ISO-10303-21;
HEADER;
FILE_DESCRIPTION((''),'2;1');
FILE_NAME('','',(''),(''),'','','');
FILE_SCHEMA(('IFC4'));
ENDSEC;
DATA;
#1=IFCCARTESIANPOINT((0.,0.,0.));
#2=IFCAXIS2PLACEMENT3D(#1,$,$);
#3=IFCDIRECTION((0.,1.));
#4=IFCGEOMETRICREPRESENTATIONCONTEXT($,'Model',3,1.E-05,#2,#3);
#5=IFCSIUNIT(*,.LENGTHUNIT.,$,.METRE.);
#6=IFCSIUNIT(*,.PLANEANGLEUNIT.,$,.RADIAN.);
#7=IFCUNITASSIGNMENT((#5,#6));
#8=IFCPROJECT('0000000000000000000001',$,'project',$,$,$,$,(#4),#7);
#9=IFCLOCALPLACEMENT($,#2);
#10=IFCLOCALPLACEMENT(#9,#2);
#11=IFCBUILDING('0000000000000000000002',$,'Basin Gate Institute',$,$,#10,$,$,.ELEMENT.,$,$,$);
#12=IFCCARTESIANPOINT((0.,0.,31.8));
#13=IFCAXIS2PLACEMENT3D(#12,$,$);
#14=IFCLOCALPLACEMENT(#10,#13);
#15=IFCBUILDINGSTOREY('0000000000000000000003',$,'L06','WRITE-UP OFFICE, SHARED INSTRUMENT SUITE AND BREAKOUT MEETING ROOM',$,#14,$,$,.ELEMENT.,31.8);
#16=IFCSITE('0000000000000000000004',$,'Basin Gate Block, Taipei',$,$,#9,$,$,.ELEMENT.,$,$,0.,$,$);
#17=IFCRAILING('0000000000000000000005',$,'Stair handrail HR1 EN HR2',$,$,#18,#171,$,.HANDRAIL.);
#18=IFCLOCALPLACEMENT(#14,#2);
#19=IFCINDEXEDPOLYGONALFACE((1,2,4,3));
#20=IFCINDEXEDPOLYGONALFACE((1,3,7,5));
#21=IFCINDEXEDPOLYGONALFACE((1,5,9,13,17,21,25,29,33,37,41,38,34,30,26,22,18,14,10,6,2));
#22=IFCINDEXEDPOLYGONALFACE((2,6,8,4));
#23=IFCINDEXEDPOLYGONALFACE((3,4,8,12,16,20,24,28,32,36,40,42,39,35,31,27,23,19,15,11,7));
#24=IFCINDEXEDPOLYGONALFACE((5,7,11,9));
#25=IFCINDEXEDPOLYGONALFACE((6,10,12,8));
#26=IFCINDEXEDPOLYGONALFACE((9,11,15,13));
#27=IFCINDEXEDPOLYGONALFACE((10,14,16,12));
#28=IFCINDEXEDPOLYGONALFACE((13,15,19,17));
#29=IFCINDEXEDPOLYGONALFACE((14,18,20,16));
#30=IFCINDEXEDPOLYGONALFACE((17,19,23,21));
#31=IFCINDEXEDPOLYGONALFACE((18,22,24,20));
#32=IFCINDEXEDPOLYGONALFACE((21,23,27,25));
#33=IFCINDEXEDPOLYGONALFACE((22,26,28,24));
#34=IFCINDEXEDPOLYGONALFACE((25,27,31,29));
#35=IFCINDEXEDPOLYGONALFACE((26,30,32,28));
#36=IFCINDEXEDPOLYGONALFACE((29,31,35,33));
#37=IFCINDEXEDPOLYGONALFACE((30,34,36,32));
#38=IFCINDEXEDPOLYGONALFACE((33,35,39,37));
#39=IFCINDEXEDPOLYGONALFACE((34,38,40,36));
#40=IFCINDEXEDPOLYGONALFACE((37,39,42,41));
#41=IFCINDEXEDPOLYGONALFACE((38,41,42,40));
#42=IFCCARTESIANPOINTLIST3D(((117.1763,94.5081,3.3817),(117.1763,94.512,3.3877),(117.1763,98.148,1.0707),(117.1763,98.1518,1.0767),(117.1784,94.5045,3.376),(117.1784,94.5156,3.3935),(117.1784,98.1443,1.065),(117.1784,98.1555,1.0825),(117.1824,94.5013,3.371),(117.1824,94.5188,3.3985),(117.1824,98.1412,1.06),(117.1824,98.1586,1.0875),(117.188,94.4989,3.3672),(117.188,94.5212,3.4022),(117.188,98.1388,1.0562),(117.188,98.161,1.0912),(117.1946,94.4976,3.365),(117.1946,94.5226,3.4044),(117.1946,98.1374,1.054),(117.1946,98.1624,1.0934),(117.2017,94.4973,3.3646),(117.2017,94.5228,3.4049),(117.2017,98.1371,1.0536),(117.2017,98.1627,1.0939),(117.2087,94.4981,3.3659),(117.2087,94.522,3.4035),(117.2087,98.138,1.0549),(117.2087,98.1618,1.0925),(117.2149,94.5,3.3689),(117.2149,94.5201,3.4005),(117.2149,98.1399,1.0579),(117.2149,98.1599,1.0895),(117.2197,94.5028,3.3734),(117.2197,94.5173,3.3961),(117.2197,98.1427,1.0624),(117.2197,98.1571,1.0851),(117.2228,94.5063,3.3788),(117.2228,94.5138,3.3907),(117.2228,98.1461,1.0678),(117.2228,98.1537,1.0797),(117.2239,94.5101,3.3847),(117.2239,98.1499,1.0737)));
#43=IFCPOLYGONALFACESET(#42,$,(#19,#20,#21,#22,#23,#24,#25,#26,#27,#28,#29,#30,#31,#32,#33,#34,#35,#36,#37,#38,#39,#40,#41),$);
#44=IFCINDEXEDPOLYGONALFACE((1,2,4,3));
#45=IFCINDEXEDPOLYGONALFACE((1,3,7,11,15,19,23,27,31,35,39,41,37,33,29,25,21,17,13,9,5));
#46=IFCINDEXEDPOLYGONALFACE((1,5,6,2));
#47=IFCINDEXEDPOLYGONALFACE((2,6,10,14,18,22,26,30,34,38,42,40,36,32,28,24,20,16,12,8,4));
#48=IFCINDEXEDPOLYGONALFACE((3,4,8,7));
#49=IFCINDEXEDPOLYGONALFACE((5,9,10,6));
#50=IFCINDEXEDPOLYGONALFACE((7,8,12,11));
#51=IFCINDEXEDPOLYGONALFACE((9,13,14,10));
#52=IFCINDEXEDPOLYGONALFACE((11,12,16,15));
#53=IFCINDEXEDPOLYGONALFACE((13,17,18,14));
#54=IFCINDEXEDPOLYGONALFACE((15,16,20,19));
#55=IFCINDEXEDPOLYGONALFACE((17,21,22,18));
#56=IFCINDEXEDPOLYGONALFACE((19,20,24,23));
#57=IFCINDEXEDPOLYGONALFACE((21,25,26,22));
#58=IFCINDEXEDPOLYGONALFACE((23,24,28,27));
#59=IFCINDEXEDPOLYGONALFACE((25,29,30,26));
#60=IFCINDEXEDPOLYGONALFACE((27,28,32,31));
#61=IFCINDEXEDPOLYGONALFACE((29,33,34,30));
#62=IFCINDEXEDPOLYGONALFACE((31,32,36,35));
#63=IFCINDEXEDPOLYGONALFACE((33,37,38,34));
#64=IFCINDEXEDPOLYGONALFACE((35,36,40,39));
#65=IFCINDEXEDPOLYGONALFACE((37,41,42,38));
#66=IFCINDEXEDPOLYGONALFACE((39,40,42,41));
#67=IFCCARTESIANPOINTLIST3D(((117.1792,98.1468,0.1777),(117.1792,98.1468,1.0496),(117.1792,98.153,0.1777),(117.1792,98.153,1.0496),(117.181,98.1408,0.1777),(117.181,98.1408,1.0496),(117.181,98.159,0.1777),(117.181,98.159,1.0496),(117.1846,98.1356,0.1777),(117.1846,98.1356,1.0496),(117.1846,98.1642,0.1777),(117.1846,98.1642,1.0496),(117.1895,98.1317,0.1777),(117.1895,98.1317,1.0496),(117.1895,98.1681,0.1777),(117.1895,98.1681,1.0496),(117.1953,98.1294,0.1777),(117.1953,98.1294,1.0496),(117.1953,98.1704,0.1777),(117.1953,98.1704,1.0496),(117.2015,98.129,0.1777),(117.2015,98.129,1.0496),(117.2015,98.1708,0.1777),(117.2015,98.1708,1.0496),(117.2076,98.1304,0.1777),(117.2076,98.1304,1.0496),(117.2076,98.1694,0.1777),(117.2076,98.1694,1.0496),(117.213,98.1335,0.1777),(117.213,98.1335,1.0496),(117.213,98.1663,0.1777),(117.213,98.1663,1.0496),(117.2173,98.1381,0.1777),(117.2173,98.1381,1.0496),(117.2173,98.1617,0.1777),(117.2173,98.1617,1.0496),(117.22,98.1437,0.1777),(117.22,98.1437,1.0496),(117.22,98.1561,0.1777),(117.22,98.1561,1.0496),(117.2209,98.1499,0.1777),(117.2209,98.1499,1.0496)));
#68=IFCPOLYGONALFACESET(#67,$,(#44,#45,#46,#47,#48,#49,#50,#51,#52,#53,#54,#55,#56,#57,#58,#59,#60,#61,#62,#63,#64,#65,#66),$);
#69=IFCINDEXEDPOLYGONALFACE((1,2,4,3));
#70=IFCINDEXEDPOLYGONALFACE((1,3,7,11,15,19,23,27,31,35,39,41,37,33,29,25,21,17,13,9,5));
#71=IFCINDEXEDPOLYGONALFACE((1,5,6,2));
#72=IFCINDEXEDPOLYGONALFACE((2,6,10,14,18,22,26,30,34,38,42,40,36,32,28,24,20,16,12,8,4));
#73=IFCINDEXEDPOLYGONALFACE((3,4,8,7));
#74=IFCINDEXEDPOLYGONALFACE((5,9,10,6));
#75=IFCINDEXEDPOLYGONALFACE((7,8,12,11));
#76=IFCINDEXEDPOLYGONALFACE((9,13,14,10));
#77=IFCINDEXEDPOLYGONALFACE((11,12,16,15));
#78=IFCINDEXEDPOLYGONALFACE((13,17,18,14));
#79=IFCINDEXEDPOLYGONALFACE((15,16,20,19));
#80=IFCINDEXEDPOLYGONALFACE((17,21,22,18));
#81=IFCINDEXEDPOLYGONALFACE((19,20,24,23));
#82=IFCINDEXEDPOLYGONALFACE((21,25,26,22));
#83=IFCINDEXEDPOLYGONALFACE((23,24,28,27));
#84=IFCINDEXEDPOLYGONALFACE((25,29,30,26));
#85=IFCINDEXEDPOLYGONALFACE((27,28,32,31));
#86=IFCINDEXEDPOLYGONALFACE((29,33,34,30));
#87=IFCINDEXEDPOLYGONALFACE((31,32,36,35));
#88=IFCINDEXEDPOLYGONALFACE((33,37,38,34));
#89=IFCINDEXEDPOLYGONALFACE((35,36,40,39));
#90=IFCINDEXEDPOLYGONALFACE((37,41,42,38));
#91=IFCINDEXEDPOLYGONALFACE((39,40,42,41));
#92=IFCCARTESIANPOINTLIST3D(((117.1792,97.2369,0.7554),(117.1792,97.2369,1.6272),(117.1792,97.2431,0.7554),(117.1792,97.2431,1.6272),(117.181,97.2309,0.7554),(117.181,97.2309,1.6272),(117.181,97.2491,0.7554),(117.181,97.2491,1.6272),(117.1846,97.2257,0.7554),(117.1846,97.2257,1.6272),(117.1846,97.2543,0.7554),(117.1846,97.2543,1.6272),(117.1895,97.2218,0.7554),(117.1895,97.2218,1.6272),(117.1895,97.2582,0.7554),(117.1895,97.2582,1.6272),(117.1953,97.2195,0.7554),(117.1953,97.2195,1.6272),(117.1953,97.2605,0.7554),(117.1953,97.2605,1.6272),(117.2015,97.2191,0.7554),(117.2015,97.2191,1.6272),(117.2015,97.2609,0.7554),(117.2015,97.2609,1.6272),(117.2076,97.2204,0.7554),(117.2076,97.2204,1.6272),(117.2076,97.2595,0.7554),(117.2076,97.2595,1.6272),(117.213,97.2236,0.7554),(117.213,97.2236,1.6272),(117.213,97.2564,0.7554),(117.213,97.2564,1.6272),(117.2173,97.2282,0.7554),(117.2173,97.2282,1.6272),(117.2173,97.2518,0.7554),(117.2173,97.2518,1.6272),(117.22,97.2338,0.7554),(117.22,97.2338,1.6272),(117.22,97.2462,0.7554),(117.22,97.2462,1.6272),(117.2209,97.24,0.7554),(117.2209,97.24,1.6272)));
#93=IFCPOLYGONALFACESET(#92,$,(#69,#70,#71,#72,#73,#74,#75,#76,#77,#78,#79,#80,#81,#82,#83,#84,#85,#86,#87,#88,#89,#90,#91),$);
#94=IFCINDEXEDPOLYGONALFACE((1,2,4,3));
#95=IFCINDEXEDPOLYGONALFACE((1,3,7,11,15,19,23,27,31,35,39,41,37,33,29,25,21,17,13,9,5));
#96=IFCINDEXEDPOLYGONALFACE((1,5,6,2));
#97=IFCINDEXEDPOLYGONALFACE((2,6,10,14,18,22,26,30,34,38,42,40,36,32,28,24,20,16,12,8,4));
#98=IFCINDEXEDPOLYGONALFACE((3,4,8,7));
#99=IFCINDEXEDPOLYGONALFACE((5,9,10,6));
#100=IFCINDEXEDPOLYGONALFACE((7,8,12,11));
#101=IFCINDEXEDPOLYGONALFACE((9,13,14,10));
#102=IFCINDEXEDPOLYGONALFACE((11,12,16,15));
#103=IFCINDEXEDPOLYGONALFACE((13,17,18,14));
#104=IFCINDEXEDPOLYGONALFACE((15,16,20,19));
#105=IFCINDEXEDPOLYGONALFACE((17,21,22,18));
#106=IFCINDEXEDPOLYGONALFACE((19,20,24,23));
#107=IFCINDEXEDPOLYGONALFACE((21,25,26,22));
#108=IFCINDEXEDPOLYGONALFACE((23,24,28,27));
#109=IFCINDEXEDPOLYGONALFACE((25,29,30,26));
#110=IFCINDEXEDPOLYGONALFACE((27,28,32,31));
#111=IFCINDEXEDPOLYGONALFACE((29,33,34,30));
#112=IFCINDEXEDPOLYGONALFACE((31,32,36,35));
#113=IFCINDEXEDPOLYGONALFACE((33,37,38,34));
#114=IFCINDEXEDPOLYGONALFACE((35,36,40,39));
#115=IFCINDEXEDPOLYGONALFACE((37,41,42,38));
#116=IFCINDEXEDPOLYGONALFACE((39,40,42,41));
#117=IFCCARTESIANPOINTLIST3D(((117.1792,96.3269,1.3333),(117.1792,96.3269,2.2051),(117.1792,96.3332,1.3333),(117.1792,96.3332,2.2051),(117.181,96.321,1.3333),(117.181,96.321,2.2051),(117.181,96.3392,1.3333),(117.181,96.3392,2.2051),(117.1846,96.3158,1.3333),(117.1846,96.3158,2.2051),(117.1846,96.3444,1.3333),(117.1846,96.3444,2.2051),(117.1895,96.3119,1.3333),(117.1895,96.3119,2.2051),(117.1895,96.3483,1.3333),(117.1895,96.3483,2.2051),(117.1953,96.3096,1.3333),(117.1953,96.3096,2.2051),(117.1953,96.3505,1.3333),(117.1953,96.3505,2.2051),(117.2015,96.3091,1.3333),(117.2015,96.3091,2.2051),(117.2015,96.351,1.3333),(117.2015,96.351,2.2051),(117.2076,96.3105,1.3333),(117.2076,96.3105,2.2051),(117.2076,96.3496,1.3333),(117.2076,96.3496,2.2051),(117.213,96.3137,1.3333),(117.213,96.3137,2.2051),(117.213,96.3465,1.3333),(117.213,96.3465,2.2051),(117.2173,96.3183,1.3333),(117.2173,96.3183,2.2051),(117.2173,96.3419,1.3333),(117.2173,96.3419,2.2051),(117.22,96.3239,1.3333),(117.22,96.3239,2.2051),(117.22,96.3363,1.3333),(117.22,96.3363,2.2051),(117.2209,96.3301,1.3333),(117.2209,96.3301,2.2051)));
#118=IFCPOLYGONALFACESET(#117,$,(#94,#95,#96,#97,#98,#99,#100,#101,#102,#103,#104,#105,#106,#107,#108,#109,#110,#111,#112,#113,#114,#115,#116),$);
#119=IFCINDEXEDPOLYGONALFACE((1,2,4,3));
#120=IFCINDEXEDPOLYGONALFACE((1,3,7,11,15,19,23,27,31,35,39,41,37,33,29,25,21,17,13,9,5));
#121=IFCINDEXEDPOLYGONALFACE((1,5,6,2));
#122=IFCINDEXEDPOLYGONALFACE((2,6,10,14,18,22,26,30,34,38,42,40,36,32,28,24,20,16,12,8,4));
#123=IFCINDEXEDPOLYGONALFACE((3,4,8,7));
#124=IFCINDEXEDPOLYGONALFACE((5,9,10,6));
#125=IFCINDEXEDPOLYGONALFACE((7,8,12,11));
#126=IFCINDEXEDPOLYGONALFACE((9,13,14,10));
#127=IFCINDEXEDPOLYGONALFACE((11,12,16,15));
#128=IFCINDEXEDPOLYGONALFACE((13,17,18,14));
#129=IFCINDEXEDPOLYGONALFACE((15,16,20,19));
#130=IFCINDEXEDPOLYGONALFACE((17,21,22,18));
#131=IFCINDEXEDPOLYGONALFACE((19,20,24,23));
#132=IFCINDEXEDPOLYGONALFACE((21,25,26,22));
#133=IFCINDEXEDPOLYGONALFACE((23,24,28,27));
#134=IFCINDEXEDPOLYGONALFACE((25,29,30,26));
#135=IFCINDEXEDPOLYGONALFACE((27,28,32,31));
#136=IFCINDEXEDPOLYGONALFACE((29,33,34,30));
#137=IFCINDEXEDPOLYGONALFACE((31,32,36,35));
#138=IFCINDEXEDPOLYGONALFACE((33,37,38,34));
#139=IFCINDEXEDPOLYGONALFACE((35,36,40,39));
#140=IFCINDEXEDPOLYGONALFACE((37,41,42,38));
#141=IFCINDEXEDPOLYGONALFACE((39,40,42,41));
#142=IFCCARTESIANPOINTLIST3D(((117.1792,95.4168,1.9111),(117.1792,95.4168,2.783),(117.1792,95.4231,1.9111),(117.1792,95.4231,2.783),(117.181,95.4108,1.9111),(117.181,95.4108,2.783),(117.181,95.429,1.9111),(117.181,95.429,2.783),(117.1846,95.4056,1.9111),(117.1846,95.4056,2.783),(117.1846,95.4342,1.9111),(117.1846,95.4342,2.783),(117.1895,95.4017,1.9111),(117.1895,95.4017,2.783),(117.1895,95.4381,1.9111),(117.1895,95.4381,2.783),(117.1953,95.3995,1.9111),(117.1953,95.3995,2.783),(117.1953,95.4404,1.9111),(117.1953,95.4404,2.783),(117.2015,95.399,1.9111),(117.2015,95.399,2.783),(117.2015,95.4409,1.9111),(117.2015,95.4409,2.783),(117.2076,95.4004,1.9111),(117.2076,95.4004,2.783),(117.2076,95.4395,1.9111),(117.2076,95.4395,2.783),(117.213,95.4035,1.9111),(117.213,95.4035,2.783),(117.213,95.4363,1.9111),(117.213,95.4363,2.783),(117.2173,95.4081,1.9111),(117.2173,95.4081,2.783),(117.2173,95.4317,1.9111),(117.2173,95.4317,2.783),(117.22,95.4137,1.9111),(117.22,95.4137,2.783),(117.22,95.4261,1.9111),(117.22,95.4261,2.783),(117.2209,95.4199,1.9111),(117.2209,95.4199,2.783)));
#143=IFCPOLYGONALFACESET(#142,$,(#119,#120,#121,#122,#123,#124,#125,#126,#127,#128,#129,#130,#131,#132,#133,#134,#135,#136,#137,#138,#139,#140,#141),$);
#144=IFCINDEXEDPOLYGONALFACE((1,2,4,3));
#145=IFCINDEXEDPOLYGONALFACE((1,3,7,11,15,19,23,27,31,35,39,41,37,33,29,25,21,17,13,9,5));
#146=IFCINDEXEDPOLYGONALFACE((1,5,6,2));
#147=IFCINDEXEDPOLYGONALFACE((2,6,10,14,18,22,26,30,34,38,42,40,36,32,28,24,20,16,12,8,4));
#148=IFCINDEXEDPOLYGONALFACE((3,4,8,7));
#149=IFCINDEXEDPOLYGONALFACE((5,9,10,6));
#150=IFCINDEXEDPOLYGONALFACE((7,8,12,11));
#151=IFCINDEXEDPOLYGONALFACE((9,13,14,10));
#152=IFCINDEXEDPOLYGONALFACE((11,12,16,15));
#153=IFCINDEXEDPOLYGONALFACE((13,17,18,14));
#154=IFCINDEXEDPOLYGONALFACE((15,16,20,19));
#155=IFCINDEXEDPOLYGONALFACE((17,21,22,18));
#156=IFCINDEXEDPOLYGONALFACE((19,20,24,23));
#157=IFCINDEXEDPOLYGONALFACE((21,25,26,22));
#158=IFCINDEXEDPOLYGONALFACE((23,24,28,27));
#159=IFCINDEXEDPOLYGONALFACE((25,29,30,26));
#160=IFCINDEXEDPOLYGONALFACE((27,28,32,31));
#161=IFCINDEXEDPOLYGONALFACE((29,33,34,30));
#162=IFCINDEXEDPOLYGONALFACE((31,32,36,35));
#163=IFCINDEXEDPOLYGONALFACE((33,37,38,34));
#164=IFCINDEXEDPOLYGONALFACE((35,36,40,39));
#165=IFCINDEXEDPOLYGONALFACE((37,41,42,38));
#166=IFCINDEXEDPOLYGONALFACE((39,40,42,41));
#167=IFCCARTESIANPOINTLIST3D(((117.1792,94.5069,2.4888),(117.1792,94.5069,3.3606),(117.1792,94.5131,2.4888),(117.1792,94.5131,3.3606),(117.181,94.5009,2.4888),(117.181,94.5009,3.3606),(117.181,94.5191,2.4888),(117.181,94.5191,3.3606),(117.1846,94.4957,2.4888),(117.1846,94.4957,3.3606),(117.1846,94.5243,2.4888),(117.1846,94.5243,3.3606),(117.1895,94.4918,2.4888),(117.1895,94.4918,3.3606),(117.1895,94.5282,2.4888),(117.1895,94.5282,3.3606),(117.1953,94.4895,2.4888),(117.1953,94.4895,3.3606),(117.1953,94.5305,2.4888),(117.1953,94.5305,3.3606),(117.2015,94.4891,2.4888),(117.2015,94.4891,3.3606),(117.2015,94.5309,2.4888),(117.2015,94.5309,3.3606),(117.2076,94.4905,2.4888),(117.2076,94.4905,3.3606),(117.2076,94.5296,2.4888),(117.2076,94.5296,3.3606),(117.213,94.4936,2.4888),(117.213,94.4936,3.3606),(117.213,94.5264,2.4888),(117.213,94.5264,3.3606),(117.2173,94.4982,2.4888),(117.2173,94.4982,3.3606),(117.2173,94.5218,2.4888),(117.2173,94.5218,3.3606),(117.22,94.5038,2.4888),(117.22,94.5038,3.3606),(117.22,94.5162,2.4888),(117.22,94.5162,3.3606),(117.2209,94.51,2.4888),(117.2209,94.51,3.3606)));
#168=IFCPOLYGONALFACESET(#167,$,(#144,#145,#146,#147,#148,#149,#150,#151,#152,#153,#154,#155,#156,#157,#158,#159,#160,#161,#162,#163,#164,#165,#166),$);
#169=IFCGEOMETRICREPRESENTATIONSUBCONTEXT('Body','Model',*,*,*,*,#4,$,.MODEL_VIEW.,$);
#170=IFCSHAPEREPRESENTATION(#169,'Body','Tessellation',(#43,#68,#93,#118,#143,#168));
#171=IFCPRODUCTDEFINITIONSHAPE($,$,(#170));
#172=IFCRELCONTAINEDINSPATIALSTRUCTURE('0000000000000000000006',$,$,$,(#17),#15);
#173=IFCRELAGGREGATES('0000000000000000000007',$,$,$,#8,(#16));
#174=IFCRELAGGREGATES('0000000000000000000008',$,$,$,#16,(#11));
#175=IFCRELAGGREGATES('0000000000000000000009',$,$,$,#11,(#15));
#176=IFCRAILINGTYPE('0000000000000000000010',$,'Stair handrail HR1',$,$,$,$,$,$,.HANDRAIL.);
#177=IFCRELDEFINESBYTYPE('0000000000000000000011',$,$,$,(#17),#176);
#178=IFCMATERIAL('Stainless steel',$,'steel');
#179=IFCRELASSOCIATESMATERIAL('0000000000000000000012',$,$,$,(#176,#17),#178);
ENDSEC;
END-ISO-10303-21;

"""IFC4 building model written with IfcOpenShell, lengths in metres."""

from ifc_helpers import new_model, si_unit, direction, frame, origin, origin_2d, place, context, subcontext, project, spatial, circle, extrude, material, type_object, element, save


model = new_model("IFC4")

# Units and contexts
model_context = context("Model", 3, precision=1e-05, world=origin(), true_north=direction((0.0, 1.0)))
body_context = subcontext(model_context, "Body", "Model", "MODEL_VIEW")
ifc_project = project(units=[si_unit("LENGTHUNIT", "METRE"), si_unit("PLANEANGLEUNIT", "RADIAN")], contexts=[model_context])

# Site, building, storey
site_placement = place(None, origin())
site = spatial("IfcSite", under=ifc_project, at=site_placement, Name="Basin Gate Block, Taipei", CompositionType="ELEMENT", RefElevation=0.0)
building_placement = place(site_placement, origin())
building = spatial("IfcBuilding", under=site, at=building_placement, Name="Basin Gate Institute", CompositionType="ELEMENT")
storey_placement = place(building_placement, frame((0.0, 0.0, 31.8)))
storey = spatial("IfcBuildingStorey", under=building, at=storey_placement, Name="L06", Description="WRITE-UP OFFICE, SHARED INSTRUMENT SUITE AND BREAKOUT MEETING ROOM", CompositionType="ELEMENT", Elevation=31.8)

# Railing
ifc_material_1 = material(Name="Stainless steel", Category="steel")
railing_type_1 = type_object("IfcRailingType", Name="Stair handrail HR1", PredefinedType="HANDRAIL", material=ifc_material_1)
for number, where, name in (
    (1, (117.2, 98.1499, 0.1777), "Stair handrail HR1 EN HR2"),
):
    element("IfcRailing", number, at=place(storey_placement, frame(where)), inside=storey, type_object=railing_type_1, material=ifc_material_1, Name=name, PredefinedType="HANDRAIL", context=body_context, shape_type="SweptSolid", body=[
        extrude(circle(Radius=0.0239, at=origin_2d()), frame((0.0, 0.0, 0.896), z_axis=(0.0, -0.844214, 0.536007), x_axis=(1.0, 0.0, 0.0)), (0.0, 0.0, 1.0), 4.3115),
        extrude(circle(Radius=0.021, at=origin_2d()), origin(), (0.0, 0.0, 1.0), 0.8718),
        extrude(circle(Radius=0.021, at=origin_2d()), frame((0.0, -0.9099, 0.5776)), (0.0, 0.0, 1.0), 0.8718),
        extrude(circle(Radius=0.021, at=origin_2d()), frame((0.0, -1.8198, 1.1555)), (0.0, 0.0, 1.0), 0.8718),
        extrude(circle(Radius=0.021, at=origin_2d()), frame((0.0, -2.73, 1.7334)), (0.0, 0.0, 1.0), 0.8718),
        extrude(circle(Radius=0.021, at=origin_2d()), frame((0.0, -3.6399, 2.311)), (0.0, 0.0, 1.0), 0.8718),
    ])

save(model, "model.ifc")
